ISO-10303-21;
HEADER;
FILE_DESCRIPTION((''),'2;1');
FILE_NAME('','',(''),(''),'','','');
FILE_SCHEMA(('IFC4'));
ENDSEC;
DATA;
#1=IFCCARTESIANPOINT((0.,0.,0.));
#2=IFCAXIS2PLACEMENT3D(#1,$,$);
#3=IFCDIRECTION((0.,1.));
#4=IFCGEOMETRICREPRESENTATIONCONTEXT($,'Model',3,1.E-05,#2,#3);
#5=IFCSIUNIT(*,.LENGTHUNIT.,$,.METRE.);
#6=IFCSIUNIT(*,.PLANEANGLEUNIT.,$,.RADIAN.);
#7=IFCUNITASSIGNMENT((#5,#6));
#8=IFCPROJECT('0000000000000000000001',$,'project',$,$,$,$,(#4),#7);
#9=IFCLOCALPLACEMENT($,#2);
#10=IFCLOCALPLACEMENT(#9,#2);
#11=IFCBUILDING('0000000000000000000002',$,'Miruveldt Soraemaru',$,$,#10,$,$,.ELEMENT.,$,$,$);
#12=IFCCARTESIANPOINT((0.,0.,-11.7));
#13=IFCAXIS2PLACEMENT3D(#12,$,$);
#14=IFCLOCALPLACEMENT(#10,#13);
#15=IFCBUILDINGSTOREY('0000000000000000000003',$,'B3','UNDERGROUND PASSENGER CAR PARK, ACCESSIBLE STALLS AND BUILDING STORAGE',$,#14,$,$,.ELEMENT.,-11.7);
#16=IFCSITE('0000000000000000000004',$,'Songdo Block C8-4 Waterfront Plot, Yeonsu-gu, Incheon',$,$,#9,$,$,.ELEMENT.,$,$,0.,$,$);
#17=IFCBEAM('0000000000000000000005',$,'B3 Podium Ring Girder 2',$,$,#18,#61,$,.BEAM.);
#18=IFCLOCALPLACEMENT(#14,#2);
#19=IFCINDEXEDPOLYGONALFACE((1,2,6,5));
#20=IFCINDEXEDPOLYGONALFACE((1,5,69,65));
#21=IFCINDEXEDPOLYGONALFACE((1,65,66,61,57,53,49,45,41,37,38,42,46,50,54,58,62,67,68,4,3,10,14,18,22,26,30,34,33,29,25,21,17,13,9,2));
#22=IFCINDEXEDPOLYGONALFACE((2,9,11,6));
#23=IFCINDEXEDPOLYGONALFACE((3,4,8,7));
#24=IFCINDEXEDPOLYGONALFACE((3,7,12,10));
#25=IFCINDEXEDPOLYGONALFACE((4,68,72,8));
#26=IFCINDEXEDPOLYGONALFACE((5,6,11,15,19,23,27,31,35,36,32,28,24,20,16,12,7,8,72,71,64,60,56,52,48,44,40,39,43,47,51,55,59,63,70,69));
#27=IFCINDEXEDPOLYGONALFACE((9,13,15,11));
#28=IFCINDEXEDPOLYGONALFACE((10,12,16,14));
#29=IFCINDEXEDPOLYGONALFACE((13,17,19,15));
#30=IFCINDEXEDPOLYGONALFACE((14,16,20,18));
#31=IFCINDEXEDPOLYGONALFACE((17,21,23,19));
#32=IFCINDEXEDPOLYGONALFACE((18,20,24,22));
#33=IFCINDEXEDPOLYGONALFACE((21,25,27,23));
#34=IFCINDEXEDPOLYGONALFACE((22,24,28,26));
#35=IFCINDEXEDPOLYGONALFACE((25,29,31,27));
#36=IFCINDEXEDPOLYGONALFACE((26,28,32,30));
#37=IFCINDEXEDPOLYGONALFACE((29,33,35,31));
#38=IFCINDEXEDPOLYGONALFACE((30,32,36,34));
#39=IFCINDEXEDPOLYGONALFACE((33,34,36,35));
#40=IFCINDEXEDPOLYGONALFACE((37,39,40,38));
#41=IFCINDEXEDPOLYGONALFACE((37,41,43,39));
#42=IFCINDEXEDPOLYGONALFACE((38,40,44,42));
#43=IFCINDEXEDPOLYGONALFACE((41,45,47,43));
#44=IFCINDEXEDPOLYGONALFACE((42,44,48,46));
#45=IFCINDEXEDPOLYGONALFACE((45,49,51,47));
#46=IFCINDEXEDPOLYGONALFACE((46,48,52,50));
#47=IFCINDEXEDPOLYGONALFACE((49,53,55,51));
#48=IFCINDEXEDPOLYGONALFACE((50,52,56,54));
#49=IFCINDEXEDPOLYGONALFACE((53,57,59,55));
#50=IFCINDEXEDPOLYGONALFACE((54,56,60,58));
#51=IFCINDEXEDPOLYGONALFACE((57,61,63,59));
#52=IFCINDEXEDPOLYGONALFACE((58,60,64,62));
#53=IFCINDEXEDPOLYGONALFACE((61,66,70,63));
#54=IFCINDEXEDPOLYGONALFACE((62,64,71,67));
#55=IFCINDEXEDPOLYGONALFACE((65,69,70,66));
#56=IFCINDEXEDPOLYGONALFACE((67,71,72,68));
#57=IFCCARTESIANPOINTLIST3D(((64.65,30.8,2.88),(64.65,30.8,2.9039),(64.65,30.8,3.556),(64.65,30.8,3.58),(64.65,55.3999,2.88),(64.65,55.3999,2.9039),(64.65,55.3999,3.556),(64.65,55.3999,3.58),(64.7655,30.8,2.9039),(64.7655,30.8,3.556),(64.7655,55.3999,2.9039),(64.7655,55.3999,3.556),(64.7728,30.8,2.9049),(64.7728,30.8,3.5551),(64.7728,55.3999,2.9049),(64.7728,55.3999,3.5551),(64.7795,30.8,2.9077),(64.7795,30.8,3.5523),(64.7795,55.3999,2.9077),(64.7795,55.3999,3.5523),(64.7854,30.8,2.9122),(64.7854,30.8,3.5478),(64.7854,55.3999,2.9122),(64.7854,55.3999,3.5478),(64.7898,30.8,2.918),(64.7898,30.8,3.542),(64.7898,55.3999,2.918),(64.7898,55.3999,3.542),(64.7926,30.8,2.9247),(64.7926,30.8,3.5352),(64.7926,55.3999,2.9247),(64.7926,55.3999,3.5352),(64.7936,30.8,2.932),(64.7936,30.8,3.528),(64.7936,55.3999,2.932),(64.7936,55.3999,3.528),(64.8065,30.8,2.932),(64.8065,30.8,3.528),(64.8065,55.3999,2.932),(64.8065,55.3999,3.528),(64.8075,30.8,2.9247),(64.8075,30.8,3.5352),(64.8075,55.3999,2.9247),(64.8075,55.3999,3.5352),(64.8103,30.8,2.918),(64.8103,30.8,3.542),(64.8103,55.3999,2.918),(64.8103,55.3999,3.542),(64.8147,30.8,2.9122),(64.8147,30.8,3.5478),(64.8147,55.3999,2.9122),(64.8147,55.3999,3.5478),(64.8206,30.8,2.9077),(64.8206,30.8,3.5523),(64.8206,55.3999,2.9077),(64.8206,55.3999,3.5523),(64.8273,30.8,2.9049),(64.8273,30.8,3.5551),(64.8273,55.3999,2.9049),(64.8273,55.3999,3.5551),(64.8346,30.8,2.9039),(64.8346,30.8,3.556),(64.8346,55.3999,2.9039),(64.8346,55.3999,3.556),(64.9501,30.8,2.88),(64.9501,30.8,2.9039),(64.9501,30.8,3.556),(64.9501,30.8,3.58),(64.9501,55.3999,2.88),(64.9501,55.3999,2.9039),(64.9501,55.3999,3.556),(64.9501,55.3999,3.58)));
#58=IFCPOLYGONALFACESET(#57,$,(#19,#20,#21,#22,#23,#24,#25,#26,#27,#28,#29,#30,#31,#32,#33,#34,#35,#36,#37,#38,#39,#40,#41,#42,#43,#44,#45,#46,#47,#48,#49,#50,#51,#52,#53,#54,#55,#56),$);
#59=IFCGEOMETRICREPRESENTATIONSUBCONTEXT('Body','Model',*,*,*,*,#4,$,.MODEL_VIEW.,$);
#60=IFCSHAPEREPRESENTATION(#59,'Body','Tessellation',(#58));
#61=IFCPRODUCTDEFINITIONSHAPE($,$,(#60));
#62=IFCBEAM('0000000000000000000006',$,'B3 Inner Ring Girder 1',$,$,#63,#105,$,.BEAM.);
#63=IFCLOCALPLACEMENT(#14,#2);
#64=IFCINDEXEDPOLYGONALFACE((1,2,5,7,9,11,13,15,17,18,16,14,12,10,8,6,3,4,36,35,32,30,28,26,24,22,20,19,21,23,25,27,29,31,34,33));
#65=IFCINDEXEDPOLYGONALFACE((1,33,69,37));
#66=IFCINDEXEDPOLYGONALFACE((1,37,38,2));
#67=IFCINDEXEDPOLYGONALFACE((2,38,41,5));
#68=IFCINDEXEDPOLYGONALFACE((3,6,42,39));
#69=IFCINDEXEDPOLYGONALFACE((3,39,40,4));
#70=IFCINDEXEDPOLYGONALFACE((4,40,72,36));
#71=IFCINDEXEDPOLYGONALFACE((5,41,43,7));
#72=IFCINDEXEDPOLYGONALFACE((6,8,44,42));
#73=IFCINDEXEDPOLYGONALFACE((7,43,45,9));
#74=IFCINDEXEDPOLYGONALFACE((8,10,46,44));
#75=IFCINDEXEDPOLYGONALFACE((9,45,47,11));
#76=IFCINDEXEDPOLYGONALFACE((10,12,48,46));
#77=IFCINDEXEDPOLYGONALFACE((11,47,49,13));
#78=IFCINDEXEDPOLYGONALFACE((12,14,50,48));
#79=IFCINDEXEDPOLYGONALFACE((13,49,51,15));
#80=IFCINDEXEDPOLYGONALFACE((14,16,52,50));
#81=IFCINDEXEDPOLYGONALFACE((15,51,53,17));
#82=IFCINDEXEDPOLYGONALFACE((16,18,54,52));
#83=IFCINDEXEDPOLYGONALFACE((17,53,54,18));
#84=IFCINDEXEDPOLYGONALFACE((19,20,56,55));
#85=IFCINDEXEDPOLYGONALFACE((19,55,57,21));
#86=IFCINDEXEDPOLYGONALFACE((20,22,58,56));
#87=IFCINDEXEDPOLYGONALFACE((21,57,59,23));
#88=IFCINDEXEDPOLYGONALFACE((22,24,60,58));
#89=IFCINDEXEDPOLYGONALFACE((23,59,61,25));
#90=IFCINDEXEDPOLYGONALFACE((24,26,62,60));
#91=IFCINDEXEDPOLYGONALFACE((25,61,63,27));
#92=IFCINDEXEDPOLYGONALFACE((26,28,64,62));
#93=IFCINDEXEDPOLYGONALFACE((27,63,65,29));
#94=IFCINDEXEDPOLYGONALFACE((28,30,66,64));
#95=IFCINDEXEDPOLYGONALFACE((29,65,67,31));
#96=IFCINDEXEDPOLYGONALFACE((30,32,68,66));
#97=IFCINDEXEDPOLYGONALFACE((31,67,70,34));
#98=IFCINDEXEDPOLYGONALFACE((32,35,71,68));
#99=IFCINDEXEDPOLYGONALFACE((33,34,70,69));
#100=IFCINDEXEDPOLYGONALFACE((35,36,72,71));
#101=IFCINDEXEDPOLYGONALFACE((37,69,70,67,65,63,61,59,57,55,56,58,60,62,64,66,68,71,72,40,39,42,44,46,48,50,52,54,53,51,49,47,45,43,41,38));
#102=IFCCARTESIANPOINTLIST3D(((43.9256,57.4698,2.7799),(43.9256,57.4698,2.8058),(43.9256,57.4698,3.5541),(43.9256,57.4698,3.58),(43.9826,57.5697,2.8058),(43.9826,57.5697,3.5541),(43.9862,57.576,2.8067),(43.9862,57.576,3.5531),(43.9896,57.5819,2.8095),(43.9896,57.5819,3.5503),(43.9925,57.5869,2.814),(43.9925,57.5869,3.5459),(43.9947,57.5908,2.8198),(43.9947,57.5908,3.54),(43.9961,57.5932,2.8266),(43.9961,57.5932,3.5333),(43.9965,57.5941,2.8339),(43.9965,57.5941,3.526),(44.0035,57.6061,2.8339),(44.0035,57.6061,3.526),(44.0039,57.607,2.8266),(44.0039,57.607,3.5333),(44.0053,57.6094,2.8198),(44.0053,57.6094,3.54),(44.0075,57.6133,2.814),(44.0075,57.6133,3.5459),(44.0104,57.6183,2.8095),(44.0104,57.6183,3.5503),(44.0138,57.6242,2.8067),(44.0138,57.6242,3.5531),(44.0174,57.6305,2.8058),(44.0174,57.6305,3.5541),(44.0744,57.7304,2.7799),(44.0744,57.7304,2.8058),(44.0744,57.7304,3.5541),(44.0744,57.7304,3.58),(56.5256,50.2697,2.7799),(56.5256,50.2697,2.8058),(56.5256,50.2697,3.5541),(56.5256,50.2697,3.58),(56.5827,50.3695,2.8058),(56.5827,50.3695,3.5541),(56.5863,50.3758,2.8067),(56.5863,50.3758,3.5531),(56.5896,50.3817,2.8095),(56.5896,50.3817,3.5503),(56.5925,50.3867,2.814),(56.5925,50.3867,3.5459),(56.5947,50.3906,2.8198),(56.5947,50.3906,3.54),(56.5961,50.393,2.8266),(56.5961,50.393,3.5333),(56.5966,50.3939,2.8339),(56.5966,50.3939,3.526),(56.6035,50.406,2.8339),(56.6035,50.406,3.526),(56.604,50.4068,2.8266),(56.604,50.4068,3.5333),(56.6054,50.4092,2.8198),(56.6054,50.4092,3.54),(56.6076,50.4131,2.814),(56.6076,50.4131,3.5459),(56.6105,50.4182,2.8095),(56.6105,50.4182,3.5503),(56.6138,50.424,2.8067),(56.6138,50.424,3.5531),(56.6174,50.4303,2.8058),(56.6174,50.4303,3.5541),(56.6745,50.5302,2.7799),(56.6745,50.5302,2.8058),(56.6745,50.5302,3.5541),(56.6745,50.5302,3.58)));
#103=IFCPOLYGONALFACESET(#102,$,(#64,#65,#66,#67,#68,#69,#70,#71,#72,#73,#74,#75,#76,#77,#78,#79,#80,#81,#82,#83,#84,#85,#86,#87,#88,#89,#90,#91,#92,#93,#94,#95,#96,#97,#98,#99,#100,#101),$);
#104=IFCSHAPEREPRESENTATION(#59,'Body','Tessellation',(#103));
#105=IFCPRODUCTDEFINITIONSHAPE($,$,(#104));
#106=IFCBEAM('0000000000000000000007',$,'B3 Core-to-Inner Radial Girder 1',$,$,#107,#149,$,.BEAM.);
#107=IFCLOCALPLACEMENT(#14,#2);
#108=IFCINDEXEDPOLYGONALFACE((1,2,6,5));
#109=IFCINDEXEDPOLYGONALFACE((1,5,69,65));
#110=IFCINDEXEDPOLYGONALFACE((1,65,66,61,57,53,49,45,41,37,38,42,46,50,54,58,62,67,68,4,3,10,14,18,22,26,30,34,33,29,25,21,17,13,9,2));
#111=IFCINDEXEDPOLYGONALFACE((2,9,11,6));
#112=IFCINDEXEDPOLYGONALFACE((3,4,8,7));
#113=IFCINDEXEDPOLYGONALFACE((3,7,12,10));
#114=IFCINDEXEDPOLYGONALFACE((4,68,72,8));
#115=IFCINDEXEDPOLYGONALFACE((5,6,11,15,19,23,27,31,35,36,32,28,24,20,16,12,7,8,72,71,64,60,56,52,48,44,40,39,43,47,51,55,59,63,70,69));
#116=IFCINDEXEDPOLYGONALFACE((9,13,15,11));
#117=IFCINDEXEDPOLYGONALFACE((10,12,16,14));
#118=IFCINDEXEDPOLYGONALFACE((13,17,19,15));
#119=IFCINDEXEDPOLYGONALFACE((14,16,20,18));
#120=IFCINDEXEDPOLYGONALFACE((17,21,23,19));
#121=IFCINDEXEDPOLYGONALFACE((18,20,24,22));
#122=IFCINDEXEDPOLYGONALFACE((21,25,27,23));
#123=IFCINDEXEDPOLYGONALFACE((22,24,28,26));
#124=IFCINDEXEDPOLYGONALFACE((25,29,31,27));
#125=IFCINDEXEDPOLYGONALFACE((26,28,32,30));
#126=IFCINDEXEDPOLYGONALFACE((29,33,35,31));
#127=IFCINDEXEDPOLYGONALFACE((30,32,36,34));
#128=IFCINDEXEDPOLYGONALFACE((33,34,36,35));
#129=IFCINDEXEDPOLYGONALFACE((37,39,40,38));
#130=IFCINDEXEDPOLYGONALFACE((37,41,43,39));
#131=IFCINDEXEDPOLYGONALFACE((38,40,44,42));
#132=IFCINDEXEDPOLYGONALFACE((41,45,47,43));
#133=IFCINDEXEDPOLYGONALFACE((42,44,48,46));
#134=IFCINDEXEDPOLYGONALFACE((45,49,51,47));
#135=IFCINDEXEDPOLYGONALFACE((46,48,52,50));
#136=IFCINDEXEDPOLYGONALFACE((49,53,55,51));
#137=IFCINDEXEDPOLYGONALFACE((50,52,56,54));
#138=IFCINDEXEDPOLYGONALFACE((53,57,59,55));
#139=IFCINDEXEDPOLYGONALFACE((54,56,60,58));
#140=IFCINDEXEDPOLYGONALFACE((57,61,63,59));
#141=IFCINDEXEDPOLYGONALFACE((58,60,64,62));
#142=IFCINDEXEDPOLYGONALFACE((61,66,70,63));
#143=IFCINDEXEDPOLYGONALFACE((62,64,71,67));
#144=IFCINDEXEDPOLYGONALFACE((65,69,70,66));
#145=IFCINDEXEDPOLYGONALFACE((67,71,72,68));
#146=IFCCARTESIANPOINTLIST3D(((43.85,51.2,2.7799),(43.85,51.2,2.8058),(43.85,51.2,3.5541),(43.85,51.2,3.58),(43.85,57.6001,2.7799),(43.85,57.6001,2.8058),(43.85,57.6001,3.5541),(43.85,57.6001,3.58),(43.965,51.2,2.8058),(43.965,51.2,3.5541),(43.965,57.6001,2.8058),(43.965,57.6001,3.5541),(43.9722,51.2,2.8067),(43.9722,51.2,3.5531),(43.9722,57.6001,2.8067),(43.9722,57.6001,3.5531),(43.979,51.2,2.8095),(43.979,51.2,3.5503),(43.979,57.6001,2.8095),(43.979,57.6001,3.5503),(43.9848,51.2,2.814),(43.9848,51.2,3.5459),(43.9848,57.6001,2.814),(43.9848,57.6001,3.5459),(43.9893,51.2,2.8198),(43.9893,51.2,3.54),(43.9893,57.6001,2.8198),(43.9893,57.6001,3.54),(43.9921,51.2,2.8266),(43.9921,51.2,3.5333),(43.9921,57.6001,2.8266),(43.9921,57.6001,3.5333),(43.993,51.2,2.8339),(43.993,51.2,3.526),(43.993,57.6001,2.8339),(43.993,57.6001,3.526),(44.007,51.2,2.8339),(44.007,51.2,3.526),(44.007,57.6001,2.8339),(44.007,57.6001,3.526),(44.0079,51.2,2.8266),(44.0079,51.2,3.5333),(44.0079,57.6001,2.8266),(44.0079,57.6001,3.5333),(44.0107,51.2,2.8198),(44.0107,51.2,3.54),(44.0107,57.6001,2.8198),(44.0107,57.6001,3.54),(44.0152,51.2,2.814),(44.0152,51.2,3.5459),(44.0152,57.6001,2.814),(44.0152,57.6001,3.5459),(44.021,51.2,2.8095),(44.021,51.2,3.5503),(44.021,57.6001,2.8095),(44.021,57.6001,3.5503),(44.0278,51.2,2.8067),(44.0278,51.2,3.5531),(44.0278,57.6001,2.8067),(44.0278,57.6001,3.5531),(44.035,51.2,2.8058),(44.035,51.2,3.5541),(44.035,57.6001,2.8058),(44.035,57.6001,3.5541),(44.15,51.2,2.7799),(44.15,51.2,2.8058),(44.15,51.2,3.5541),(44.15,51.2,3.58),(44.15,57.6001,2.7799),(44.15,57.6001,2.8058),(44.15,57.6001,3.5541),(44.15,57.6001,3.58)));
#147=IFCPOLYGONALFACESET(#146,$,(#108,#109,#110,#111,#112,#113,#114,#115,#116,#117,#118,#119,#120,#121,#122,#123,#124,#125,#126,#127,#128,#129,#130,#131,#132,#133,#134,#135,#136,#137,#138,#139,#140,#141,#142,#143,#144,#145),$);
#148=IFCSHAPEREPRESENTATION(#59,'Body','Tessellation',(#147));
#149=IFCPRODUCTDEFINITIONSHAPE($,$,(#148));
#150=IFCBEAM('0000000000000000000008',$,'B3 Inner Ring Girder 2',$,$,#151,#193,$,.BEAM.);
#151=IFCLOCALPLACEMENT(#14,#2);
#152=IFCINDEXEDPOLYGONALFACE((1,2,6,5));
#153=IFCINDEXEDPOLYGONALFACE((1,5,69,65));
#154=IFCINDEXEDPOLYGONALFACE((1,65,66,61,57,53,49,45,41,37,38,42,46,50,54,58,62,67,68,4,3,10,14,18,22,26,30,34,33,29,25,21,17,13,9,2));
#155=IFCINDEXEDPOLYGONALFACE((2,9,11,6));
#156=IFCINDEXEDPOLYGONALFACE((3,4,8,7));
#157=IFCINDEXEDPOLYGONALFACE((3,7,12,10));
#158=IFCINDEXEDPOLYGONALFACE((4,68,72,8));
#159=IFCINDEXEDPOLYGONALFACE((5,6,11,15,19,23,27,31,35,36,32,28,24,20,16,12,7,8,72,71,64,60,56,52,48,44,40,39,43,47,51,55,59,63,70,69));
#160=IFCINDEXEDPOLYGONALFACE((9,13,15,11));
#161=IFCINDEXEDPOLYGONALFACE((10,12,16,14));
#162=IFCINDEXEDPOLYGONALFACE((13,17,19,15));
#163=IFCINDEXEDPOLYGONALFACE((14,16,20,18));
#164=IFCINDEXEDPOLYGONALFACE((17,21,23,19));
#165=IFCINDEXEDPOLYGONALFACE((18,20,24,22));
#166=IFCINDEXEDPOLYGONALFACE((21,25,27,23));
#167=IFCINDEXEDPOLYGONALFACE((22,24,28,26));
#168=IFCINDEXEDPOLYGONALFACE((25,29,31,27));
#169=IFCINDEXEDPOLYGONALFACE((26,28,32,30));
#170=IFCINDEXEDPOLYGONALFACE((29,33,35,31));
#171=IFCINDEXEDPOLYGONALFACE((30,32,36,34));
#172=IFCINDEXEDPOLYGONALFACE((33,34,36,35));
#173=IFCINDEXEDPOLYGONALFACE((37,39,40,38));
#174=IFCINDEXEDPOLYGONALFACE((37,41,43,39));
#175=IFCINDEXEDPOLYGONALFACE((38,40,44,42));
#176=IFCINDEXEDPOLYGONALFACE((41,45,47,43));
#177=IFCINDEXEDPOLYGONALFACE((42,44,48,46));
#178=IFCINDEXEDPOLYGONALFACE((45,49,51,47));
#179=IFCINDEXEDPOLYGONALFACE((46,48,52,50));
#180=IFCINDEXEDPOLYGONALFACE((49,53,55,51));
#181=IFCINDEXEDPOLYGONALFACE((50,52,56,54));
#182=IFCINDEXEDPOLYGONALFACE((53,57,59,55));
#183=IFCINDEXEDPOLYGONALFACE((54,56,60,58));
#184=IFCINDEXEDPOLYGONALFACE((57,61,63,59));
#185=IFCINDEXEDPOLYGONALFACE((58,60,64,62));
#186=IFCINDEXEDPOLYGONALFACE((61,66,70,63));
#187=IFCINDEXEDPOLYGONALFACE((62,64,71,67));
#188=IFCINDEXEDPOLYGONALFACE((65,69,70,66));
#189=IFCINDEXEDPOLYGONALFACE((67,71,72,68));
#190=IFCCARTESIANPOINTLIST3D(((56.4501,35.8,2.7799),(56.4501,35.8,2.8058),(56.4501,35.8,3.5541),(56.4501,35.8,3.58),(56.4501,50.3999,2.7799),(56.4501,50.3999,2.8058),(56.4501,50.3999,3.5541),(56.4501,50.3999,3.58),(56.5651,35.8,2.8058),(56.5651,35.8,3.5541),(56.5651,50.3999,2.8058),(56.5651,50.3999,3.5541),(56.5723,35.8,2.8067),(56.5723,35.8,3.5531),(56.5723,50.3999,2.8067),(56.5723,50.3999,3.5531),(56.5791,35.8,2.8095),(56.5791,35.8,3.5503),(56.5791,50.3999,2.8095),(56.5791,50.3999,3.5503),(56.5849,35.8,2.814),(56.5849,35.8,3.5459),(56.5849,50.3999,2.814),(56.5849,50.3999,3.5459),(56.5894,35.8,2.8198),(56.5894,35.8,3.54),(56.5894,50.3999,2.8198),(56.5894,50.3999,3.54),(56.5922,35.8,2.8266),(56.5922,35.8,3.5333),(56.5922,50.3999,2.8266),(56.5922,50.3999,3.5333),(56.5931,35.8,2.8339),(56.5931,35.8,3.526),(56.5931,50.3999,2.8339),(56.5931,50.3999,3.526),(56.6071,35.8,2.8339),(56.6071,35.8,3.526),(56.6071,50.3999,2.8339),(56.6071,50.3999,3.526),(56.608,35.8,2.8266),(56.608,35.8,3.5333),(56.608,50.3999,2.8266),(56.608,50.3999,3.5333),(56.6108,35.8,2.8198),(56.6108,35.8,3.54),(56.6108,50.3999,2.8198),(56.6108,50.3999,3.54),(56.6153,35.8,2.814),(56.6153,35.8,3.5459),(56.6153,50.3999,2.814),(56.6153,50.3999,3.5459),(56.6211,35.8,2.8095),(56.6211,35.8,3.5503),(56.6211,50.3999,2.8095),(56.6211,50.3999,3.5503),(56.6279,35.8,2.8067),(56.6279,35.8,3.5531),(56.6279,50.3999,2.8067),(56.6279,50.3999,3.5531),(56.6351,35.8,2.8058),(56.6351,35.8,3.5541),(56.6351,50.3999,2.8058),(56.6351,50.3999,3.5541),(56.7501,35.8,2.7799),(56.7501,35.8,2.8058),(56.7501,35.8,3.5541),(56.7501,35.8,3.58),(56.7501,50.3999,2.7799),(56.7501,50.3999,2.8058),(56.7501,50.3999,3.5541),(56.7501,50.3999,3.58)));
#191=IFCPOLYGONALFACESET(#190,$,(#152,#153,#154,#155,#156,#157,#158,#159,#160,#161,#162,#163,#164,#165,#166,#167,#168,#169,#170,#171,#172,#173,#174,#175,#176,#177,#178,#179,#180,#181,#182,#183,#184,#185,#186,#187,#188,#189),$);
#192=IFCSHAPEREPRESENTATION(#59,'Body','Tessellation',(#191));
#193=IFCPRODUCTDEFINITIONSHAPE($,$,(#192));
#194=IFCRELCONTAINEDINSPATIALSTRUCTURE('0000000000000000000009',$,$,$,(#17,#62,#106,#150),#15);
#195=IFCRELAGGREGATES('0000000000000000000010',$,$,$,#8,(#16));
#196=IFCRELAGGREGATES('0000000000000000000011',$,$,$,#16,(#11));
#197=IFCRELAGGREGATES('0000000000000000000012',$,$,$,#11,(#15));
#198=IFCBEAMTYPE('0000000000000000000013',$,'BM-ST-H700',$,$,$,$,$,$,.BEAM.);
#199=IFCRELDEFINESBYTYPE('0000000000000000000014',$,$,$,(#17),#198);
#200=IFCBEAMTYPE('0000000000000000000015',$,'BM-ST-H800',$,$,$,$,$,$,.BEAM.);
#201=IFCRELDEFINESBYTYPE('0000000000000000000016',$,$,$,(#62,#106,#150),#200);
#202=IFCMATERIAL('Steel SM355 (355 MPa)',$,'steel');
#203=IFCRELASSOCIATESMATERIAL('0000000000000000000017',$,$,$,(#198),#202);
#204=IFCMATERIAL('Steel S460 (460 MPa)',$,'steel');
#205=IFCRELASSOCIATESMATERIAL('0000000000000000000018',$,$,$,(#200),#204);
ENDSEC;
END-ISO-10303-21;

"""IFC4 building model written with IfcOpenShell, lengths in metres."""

from ifc_helpers import new_model, si_unit, direction, frame, origin, origin_2d, place, context, subcontext, project, spatial, i_section, extrude, material, material_profile, profile_set, type_object, element, save


model = new_model("IFC4")

# Units and contexts
model_context = context("Model", 3, precision=1e-05, world=origin(), true_north=direction((0.0, 1.0)))
body_context = subcontext(model_context, "Body", "Model", "MODEL_VIEW")
ifc_project = project(units=[si_unit("LENGTHUNIT", "METRE"), si_unit("PLANEANGLEUNIT", "RADIAN")], contexts=[model_context])

# Site, building, storey
site_placement = place(None, origin())
site = spatial("IfcSite", under=ifc_project, at=site_placement, Name="Songdo Block C8-4 Waterfront Plot, Yeonsu-gu, Incheon", CompositionType="ELEMENT", RefElevation=0.0)
building_placement = place(site_placement, origin())
building = spatial("IfcBuilding", under=site, at=building_placement, Name="Miruveldt Soraemaru", CompositionType="ELEMENT")
storey_placement = place(building_placement, frame((0.0, 0.0, -11.7)))
storey = spatial("IfcBuildingStorey", under=building, at=storey_placement, Name="B3", Description="UNDERGROUND PASSENGER CAR PARK, ACCESSIBLE STALLS AND BUILDING STORAGE", CompositionType="ELEMENT", Elevation=-11.7)

# Beams
ifc_material_1 = material(Name="Steel SM355 (355 MPa)", Category="steel")
ifc_material_profile_1 = material_profile(ifc_material_1, i_section(OverallWidth=0.3, OverallDepth=0.7, WebThickness=0.0129, FlangeThickness=0.0239, FilletRadius=0.0281, at=origin_2d()), Name="Steel SM355 (355 MPa)", Category="steel")
ifc_profile_set_1 = profile_set([ifc_material_profile_1], Name="Steel SM355 (355 MPa)")
beam_type_1 = type_object("IfcBeamType", Name="BM-ST-H700", PredefinedType="BEAM", material=ifc_profile_set_1)
beam_1_placement = place(storey_placement, frame((64.8, 55.3999, 3.23), z_axis=(0.0, -1.0, 0.0), x_axis=(1.0, 0.0, 0.0)))
element("IfcBeam", 1, at=beam_1_placement, inside=storey, type_object=beam_type_1, Name="B3 Podium Ring Girder 2", PredefinedType="BEAM", context=body_context, shape_type="SweptSolid", body=[
    extrude(i_section(OverallWidth=0.3, OverallDepth=0.7, WebThickness=0.0129, FlangeThickness=0.0239, FilletRadius=0.0281, at=origin_2d()), origin(), (0.0, 0.0, 1.0), 24.5999),
])
ifc_material_2 = material(Name="Steel S460 (460 MPa)", Category="steel")
ifc_material_profile_2 = material_profile(ifc_material_2, i_section(OverallWidth=0.3, OverallDepth=0.8, WebThickness=0.0139, FlangeThickness=0.0259, FilletRadius=0.0281, at=origin_2d()), Name="Steel S460 (460 MPa)", Category="steel")
ifc_profile_set_2 = profile_set([ifc_material_profile_2], Name="Steel S460 (460 MPa)")
beam_type_2 = type_object("IfcBeamType", Name="BM-ST-H800", PredefinedType="BEAM", material=ifc_profile_set_2)
beam_2_placement = place(storey_placement, frame((44.0, 57.6001, 3.1799), z_axis=(0.868239, -0.496146, 0.0), x_axis=(0.496146, 0.868239, 0.0)))
element("IfcBeam", 2, at=beam_2_placement, inside=storey, type_object=beam_type_2, Name="B3 Inner Ring Girder 1", PredefinedType="BEAM", context=body_context, shape_type="SweptSolid", body=[
    extrude(i_section(OverallWidth=0.3, OverallDepth=0.8, WebThickness=0.0139, FlangeThickness=0.0259, FilletRadius=0.0281, at=origin_2d()), origin(), (0.0, 0.0, 1.0), 14.5122),
])
beam_3_placement = place(storey_placement, frame((44.0, 51.2, 3.1799), z_axis=(0.0, 1.0, 0.0), x_axis=(-1.0, 0.0, 0.0)))
element("IfcBeam", 3, at=beam_3_placement, inside=storey, type_object=beam_type_2, Name="B3 Core-to-Inner Radial Girder 1", PredefinedType="BEAM", context=body_context, shape_type="SweptSolid", body=[
    extrude(i_section(OverallWidth=0.3, OverallDepth=0.8, WebThickness=0.0139, FlangeThickness=0.0259, FilletRadius=0.0281, at=origin_2d()), origin(), (0.0, 0.0, 1.0), 6.4001),
])
beam_4_placement = place(storey_placement, frame((56.6001, 50.3999, 3.1799), z_axis=(0.0, -1.0, 0.0), x_axis=(1.0, 0.0, 0.0)))
element("IfcBeam", 4, at=beam_4_placement, inside=storey, type_object=beam_type_2, Name="B3 Inner Ring Girder 2", PredefinedType="BEAM", context=body_context, shape_type="SweptSolid", body=[
    extrude(i_section(OverallWidth=0.3, OverallDepth=0.8, WebThickness=0.0139, FlangeThickness=0.0259, FilletRadius=0.0281, at=origin_2d()), origin(), (0.0, 0.0, 1.0), 14.5999),
])

save(model, "model.ifc")
